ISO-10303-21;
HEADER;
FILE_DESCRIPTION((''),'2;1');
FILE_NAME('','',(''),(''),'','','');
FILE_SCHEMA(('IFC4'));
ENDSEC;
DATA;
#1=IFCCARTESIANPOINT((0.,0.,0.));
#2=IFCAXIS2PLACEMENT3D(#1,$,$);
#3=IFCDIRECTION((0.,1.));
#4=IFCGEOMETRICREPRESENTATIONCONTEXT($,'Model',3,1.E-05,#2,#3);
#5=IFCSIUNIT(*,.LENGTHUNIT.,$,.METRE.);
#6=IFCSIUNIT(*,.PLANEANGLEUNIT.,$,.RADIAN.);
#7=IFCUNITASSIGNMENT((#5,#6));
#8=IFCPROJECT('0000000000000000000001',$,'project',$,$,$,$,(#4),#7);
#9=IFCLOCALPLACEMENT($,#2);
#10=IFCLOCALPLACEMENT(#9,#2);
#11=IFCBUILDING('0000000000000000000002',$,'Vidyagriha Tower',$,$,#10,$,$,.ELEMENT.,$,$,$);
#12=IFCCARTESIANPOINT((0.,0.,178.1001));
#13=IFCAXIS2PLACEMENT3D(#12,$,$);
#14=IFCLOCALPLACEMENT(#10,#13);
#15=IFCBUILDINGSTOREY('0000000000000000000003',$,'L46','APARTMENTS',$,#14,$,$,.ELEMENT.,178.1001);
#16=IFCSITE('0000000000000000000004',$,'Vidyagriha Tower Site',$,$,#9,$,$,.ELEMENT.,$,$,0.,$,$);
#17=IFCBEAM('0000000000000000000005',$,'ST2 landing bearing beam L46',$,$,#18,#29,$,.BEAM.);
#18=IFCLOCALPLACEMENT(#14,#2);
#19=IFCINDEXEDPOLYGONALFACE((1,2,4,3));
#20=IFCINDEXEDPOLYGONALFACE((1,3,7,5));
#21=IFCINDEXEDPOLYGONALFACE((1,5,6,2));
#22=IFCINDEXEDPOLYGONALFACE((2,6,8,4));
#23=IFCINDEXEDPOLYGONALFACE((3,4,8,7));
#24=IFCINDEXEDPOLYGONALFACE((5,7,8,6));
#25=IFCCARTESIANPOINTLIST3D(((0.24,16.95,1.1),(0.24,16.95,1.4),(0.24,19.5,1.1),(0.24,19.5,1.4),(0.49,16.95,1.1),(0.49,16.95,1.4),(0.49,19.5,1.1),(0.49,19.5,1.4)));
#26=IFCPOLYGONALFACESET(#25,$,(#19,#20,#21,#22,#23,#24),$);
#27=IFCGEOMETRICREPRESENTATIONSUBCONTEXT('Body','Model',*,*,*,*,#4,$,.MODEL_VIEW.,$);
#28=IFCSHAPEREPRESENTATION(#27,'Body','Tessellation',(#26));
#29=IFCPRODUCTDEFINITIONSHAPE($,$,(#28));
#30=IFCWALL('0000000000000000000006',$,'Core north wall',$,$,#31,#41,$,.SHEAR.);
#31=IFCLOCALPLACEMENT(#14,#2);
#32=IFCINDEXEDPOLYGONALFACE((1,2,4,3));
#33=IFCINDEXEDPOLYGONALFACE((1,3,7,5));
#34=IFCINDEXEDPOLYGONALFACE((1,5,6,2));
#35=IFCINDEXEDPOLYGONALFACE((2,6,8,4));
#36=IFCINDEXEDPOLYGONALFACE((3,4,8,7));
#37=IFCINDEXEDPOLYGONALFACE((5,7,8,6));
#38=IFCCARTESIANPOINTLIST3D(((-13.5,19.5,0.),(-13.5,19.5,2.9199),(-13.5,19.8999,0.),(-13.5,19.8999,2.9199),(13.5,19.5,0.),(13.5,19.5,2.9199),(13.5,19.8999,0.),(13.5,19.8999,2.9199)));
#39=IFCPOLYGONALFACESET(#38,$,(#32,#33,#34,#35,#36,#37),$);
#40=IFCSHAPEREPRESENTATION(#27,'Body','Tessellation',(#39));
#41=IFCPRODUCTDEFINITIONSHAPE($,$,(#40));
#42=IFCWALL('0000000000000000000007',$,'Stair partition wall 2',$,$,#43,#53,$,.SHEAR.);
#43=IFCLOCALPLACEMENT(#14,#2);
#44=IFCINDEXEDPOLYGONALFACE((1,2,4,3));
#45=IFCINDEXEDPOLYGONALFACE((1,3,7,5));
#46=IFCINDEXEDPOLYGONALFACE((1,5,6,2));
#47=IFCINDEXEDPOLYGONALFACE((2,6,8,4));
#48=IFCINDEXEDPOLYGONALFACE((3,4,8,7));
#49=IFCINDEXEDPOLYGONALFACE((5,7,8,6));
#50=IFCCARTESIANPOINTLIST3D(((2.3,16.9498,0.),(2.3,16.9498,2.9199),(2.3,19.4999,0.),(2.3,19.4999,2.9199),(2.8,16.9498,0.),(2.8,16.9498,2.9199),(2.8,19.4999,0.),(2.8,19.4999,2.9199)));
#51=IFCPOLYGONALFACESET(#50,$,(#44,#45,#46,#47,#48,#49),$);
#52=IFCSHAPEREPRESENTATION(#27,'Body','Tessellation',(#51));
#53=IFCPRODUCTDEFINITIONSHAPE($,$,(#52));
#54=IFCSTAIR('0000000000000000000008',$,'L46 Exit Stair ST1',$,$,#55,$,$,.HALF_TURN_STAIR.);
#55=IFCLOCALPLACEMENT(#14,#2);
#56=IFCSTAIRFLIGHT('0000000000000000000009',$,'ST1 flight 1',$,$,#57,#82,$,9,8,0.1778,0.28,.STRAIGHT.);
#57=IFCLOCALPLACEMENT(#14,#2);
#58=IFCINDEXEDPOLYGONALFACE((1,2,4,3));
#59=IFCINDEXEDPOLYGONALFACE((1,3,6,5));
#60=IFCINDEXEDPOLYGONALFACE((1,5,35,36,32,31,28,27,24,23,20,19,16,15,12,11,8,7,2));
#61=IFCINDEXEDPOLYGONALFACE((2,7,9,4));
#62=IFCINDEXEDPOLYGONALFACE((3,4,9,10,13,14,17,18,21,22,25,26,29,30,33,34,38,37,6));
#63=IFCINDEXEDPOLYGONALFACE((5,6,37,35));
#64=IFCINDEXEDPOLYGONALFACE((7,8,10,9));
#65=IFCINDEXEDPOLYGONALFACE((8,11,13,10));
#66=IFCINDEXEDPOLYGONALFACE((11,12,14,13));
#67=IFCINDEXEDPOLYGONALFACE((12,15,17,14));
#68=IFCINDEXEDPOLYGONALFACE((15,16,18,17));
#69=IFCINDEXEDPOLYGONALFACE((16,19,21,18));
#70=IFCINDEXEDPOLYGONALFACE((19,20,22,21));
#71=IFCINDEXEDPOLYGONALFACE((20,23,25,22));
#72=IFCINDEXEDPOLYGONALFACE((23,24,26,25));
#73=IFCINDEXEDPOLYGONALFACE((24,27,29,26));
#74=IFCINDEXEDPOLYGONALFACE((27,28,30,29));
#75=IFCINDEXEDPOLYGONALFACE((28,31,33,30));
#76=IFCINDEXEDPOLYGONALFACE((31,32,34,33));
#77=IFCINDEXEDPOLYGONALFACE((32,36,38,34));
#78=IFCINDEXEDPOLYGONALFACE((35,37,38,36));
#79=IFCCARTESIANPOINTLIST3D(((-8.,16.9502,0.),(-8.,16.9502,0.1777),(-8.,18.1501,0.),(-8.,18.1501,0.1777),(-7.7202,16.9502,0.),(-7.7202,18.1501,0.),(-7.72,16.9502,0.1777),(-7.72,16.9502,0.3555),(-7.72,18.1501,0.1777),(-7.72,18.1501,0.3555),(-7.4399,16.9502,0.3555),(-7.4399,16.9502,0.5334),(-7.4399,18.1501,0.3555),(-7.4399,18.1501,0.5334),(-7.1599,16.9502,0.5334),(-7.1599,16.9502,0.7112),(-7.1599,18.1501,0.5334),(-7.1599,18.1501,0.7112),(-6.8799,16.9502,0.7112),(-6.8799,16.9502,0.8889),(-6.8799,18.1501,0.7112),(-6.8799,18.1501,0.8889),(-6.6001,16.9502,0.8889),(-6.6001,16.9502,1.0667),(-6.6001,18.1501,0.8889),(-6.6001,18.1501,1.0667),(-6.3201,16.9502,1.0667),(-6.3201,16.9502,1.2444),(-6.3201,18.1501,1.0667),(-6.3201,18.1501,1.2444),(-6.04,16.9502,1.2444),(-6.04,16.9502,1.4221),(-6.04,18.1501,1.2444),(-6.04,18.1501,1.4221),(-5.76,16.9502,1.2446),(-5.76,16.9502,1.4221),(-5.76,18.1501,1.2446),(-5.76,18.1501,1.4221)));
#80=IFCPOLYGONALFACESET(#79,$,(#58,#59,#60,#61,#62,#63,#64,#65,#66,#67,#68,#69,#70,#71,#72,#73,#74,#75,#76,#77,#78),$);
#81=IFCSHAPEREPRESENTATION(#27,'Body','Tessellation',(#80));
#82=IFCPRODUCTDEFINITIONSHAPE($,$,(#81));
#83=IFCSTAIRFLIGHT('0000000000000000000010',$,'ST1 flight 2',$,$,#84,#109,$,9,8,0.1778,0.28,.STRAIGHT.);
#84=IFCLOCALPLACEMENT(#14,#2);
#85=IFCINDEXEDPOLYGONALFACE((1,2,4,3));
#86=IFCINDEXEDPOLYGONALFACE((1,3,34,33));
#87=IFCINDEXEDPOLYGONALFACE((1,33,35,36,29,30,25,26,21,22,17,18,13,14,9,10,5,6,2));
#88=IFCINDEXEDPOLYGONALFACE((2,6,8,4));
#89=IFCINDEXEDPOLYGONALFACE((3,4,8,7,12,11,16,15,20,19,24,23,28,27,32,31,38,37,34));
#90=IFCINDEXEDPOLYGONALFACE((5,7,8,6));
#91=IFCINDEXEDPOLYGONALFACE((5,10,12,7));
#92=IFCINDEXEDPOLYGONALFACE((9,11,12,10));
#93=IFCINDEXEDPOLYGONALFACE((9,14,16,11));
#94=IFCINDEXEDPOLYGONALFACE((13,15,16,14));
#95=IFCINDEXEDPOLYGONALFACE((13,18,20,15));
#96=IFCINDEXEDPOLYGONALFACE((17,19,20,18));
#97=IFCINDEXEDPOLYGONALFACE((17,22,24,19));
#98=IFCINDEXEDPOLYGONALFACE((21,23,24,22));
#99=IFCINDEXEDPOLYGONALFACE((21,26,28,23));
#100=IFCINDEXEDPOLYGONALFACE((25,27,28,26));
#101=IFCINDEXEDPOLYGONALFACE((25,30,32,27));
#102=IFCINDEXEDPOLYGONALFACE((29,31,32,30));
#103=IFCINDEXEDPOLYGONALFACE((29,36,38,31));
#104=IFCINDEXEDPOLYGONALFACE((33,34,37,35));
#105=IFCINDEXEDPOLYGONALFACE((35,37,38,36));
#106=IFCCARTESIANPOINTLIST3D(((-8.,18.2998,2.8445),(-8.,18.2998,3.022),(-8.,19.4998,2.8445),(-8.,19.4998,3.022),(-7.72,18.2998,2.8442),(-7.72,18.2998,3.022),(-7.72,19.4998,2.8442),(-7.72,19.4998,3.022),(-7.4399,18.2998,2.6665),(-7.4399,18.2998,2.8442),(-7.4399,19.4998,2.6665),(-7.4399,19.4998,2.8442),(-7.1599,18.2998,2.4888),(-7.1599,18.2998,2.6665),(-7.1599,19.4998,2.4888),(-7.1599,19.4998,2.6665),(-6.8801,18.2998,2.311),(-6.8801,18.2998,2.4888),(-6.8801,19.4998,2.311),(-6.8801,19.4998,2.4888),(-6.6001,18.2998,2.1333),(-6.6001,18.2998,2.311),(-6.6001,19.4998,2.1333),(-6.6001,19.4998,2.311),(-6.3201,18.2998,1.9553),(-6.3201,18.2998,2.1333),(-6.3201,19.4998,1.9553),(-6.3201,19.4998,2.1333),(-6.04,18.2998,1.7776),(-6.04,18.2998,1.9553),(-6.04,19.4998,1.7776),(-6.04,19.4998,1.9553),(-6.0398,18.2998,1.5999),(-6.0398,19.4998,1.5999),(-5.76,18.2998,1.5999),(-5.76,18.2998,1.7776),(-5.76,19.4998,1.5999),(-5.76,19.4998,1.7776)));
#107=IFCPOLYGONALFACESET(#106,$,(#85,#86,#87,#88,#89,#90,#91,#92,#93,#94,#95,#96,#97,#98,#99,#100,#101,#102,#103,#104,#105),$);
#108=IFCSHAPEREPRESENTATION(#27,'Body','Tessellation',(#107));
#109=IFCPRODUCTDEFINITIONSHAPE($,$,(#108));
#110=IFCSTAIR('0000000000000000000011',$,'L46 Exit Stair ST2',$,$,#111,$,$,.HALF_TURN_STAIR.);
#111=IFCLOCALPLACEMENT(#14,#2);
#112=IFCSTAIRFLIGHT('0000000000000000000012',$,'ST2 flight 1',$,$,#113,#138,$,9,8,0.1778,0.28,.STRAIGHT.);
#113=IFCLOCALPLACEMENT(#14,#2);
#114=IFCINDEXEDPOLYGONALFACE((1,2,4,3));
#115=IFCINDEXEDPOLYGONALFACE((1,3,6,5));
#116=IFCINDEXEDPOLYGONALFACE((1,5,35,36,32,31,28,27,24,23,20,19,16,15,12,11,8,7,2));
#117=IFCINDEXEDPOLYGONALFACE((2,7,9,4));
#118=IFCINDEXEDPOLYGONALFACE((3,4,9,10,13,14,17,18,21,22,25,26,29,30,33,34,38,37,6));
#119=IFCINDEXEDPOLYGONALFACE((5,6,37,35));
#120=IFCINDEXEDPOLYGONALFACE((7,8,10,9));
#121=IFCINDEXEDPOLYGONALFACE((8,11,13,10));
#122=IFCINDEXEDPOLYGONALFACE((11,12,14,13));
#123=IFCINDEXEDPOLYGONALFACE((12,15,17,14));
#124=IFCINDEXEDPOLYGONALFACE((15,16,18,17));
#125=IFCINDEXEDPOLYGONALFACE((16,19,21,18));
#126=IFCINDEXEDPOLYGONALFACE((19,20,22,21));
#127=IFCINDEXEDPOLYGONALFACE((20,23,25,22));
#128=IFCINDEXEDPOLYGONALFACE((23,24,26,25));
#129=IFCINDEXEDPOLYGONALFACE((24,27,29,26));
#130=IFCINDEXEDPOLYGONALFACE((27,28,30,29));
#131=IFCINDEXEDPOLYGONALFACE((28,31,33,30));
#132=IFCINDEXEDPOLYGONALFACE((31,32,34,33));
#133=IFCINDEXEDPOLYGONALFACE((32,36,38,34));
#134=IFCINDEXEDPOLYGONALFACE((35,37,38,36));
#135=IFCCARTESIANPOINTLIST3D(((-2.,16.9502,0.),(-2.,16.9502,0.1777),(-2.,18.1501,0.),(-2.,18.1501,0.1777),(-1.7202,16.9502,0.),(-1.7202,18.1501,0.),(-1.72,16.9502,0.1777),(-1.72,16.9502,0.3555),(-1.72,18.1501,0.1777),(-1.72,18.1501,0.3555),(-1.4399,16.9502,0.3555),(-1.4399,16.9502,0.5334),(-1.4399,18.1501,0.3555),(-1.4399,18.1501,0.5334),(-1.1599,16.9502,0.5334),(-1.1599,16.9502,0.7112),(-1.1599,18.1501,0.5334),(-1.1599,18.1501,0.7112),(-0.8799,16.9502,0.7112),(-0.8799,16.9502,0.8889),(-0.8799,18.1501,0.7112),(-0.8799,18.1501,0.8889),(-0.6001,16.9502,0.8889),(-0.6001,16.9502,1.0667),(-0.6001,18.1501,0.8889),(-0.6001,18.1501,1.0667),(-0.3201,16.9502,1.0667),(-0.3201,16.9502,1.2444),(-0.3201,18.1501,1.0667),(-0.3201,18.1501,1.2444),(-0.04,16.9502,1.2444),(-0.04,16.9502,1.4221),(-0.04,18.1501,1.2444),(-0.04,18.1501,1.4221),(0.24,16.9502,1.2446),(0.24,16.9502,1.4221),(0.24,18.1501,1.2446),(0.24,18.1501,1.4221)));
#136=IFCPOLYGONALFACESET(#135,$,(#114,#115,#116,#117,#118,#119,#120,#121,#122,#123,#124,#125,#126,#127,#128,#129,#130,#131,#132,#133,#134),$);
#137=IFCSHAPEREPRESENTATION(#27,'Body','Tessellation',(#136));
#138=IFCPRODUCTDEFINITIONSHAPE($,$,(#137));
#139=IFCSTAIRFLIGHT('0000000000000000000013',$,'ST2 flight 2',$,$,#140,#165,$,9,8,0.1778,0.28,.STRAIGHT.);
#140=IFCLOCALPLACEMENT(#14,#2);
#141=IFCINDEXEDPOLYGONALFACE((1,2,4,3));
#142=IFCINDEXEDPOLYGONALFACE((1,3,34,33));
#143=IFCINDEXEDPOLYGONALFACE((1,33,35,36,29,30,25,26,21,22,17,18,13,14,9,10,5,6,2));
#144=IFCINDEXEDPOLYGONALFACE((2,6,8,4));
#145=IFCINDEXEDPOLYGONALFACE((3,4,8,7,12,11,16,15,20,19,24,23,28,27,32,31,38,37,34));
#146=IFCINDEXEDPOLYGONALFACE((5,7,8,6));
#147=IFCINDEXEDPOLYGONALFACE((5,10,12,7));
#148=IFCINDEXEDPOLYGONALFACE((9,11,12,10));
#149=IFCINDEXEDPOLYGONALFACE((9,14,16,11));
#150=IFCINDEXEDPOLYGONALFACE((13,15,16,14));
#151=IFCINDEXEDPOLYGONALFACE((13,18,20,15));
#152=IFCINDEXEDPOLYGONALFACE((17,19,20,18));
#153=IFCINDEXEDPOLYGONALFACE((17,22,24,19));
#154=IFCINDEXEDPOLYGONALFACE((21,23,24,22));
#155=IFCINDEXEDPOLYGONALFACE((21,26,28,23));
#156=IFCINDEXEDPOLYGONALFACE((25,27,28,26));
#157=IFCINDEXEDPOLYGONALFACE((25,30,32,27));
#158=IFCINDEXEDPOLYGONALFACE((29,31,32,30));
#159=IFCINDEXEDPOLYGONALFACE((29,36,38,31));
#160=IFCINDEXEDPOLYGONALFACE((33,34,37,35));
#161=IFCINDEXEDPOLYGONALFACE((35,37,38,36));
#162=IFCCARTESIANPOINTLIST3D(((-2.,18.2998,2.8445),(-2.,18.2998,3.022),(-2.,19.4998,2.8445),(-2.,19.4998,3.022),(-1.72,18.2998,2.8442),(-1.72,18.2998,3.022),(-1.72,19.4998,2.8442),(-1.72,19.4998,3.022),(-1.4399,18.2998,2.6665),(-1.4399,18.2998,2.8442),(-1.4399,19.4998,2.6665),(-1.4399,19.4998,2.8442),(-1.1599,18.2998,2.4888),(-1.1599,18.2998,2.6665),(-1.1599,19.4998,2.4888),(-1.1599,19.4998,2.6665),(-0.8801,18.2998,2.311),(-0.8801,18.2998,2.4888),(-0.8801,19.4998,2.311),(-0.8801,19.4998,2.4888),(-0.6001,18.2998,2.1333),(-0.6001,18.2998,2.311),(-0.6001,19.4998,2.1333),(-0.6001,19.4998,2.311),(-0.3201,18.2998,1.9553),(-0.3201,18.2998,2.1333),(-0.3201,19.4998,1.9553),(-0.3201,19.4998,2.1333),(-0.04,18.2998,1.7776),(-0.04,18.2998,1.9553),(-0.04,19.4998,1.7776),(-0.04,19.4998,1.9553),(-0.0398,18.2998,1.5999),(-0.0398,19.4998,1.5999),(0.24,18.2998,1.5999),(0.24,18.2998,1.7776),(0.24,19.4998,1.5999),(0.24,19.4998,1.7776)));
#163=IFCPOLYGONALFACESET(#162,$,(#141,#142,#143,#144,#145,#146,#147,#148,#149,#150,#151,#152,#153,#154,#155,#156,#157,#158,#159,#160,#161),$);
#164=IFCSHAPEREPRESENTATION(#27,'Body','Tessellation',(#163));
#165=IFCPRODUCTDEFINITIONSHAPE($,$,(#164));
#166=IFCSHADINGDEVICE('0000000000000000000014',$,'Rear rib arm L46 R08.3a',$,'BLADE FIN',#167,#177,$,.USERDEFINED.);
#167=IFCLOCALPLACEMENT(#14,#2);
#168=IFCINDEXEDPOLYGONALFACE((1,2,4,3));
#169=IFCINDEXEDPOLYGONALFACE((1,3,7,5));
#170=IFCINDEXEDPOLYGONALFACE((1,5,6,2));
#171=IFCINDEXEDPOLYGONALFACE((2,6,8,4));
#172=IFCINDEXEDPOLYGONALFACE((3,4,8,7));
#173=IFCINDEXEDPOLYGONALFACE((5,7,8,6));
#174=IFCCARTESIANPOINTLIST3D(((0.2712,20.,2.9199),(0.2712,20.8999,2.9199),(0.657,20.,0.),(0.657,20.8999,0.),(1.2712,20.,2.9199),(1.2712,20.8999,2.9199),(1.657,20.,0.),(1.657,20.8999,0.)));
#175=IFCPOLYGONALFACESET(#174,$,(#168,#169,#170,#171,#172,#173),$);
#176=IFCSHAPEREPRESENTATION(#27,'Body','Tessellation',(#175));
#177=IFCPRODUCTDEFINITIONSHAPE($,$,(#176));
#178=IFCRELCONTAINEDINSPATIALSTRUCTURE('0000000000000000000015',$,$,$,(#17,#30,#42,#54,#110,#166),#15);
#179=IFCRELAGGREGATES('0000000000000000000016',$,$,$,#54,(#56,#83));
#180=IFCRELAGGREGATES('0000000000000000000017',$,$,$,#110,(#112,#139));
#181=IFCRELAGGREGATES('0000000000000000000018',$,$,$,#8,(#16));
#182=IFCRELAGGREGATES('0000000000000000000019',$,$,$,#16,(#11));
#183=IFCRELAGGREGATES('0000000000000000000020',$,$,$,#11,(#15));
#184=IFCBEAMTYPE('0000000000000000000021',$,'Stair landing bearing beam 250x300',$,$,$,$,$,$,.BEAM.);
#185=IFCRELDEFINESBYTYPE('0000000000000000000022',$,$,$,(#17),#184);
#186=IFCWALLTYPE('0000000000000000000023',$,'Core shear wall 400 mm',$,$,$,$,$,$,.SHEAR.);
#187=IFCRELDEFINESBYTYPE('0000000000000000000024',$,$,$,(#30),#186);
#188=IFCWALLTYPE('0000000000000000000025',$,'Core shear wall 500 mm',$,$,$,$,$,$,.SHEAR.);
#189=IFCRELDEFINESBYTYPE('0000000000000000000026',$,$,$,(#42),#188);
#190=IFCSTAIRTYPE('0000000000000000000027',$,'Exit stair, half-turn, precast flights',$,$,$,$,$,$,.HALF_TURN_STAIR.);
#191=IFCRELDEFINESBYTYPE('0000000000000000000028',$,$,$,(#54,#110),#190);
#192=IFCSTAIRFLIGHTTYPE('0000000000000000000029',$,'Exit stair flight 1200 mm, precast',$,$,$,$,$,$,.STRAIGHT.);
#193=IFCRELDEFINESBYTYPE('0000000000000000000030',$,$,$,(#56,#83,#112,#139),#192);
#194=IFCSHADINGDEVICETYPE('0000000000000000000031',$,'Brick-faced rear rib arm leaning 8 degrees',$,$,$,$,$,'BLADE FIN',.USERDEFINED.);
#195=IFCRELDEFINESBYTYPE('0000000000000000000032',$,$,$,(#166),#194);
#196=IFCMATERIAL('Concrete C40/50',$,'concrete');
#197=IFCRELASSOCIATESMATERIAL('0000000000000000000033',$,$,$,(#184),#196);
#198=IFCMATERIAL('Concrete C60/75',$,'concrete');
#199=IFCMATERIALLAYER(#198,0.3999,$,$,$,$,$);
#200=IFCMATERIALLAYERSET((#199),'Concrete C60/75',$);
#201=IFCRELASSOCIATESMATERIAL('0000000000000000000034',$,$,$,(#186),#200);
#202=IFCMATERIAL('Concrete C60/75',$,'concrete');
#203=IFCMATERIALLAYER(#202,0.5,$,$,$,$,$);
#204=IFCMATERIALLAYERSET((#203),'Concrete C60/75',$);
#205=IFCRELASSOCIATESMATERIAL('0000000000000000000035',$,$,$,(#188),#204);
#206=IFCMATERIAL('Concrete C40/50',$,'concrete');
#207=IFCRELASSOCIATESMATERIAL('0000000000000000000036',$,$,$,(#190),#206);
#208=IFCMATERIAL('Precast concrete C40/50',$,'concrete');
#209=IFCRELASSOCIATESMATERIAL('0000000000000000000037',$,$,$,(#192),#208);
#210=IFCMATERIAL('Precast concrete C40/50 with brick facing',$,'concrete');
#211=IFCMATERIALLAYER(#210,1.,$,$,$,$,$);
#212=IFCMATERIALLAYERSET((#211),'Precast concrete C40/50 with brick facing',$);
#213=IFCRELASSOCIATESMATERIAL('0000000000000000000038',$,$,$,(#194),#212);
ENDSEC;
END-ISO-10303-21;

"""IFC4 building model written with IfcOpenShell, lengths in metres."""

from ifc_helpers import new_model, si_unit, direction, frame, frame_2d, origin, origin_2d, place, context, subcontext, project, spatial, polyline, rectangle, outline, extrude, material, layer, layer_set, material_profile, profile_set, type_object, element, aggregate, save


model = new_model("IFC4")

# Units and contexts
model_context = context("Model", 3, precision=1e-05, world=origin(), true_north=direction((0.0, 1.0)))
body_context = subcontext(model_context, "Body", "Model", "MODEL_VIEW")
ifc_project = project(units=[si_unit("LENGTHUNIT", "METRE"), si_unit("PLANEANGLEUNIT", "RADIAN")], contexts=[model_context])

# Site, building, storey
site_placement = place(None, origin())
site = spatial("IfcSite", under=ifc_project, at=site_placement, Name="Vidyagriha Tower Site", CompositionType="ELEMENT", RefElevation=0.0)
building_placement = place(site_placement, origin())
building = spatial("IfcBuilding", under=site, at=building_placement, Name="Vidyagriha Tower", CompositionType="ELEMENT")
storey_placement = place(building_placement, frame((0.0, 0.0, 178.1001)))
storey = spatial("IfcBuildingStorey", under=building, at=storey_placement, Name="L46", Description="APARTMENTS", CompositionType="ELEMENT", Elevation=178.1001)

# Beam
ifc_material_1 = material(Name="Concrete C40/50", Category="concrete")
ifc_material_profile = material_profile(ifc_material_1, rectangle(XDim=0.25, YDim=0.3, at=origin_2d()), Name="Stair landing bearing beam 250x300")
ifc_profile_set = profile_set([ifc_material_profile], Name="Concrete C40/50")
beam_type = type_object("IfcBeamType", Name="Stair landing bearing beam 250x300", PredefinedType="BEAM", material=ifc_profile_set)
beam_placement = place(storey_placement, frame((0.365, 16.95, 1.25), z_axis=(0.0, 1.0, 0.0), x_axis=(-1.0, 0.0, 0.0)))
element("IfcBeam", 1, at=beam_placement, inside=storey, type_object=beam_type, Name="ST2 landing bearing beam L46", PredefinedType="BEAM", context=body_context, shape_type="SweptSolid", body=[
    extrude(rectangle(XDim=0.25, YDim=0.3, at=origin_2d()), origin(), (0.0, 0.0, 1.0), 2.55),
])

# Walls
ifc_material_2 = material(Name="Concrete C60/75", Category="concrete")
ifc_layer_1 = layer(ifc_material_2, 0.3999)
ifc_layer_set_1 = layer_set([ifc_layer_1], Name="Concrete C60/75")
wall_type_1 = type_object("IfcWallType", Name="Core shear wall 400 mm", PredefinedType="SHEAR", material=ifc_layer_set_1)
wall_1_placement = place(storey_placement, frame((-13.5, 19.7, 0.0)))
element("IfcWall", 2, at=wall_1_placement, inside=storey, type_object=wall_type_1, Name="Core north wall", PredefinedType="SHEAR", context=body_context, shape_type="SweptSolid", body=[
    extrude(rectangle(XDim=27.0, YDim=0.3999, at=frame_2d((13.5, 0.0))), origin(), (0.0, 0.0, 1.0), 2.9199),
])
ifc_material_3 = material(Name="Concrete C60/75", Category="concrete")
ifc_layer_2 = layer(ifc_material_3, 0.5)
ifc_layer_set_2 = layer_set([ifc_layer_2], Name="Concrete C60/75")
wall_type_2 = type_object("IfcWallType", Name="Core shear wall 500 mm", PredefinedType="SHEAR", material=ifc_layer_set_2)
wall_2_placement = place(storey_placement, frame((2.55, 16.95, 0.0), z_axis=(0.0, 0.0, 1.0), x_axis=(0.0, 1.0, 0.0)))
element("IfcWall", 3, at=wall_2_placement, inside=storey, type_object=wall_type_2, Name="Stair partition wall 2", PredefinedType="SHEAR", context=body_context, shape_type="SweptSolid", body=[
    extrude(rectangle(XDim=2.55, YDim=0.5, at=frame_2d((1.2749, 0.0))), origin(), (0.0, 0.0, 1.0), 2.9199),
])

# Stairs, stair flights
ifc_material_4 = material(Name="Concrete C40/50", Category="concrete")
stair_type = type_object("IfcStairType", Name="Exit stair, half-turn, precast flights", PredefinedType="HALF_TURN_STAIR", material=ifc_material_4)
stair_1_placement = place(storey_placement, origin())
stair_1 = element("IfcStair", 4, at=stair_1_placement, inside=storey, type_object=stair_type, Name="L46 Exit Stair ST1", PredefinedType="HALF_TURN_STAIR")
ifc_material_5 = material(Name="Precast concrete C40/50", Category="concrete")
stair_flight_type = type_object("IfcStairFlightType", Name="Exit stair flight 1200 mm, precast", PredefinedType="STRAIGHT", material=ifc_material_5)
stair_flight_1_placement = place(storey_placement, frame((-8.0, 17.55, 0.0)))
stair_flight_1 = element("IfcStairFlight", 5, at=stair_flight_1_placement, type_object=stair_flight_type, Name="ST1 flight 1", NumberOfRisers=9, NumberOfTreads=8, PredefinedType="STRAIGHT", RiserHeight=0.1778, TreadLength=0.28, context=body_context, shape_type="SweptSolid", body=[
    extrude(outline(polyline([(0.0, 0.0), (0.0, 0.1777), (0.28, 0.1777), (0.28, 0.3555), (0.5601, 0.3555), (0.5601, 0.5334), (0.8401, 0.5334), (0.8401, 0.7112), (1.1201, 0.7112), (1.1201, 0.8889), (1.3999, 0.8889), (1.3999, 1.0667), (1.6799, 1.0667), (1.6799, 1.2444), (1.96, 1.2444), (1.96, 1.4221), (2.24, 1.4221), (2.24, 1.6001), (2.24, 1.2446), (0.2798, 0.0), (0.0, 0.0)])), frame((0.0, 0.6001, 0.0), z_axis=(0.0, -1.0, 0.0), x_axis=(1.0, 0.0, 0.0)), (0.0, 0.0, 1.0), 1.2),
])
stair_flight_2_placement = place(storey_placement, frame((-5.76, 18.8999, 1.5999), z_axis=(0.0, 0.0, 1.0), x_axis=(-1.0, 0.0, 0.0)))
stair_flight_2 = element("IfcStairFlight", 6, at=stair_flight_2_placement, type_object=stair_flight_type, Name="ST1 flight 2", NumberOfRisers=9, NumberOfTreads=8, PredefinedType="STRAIGHT", RiserHeight=0.1778, TreadLength=0.28, context=body_context, shape_type="SweptSolid", body=[
    extrude(outline(polyline([(0.0, 0.0), (0.0, 0.1777), (0.28, 0.1777), (0.28, 0.3555), (0.5601, 0.3555), (0.5601, 0.5334), (0.8401, 0.5334), (0.8401, 0.7112), (1.1201, 0.7112), (1.1201, 0.8889), (1.3999, 0.8889), (1.3999, 1.0667), (1.6799, 1.0667), (1.6799, 1.2444), (1.96, 1.2444), (1.96, 1.4221), (2.24, 1.4221), (2.24, 1.6001), (2.24, 1.2446), (0.2798, 0.0), (0.0, 0.0)])), frame((0.0, 0.6001, 0.0), z_axis=(0.0, -1.0, 0.0), x_axis=(1.0, 0.0, 0.0)), (0.0, 0.0, 1.0), 1.2),
])
aggregate(stair_1, [stair_flight_1, stair_flight_2])
stair_2_placement = place(storey_placement, origin())
stair_2 = element("IfcStair", 7, at=stair_2_placement, inside=storey, type_object=stair_type, Name="L46 Exit Stair ST2", PredefinedType="HALF_TURN_STAIR")
stair_flight_3_placement = place(storey_placement, frame((-2.0, 17.55, 0.0)))
stair_flight_3 = element("IfcStairFlight", 8, at=stair_flight_3_placement, type_object=stair_flight_type, Name="ST2 flight 1", NumberOfRisers=9, NumberOfTreads=8, PredefinedType="STRAIGHT", RiserHeight=0.1778, TreadLength=0.28, context=body_context, shape_type="SweptSolid", body=[
    extrude(outline(polyline([(0.0, 0.0), (0.0, 0.1777), (0.28, 0.1777), (0.28, 0.3555), (0.5601, 0.3555), (0.5601, 0.5334), (0.8401, 0.5334), (0.8401, 0.7112), (1.1201, 0.7112), (1.1201, 0.8889), (1.3999, 0.8889), (1.3999, 1.0667), (1.6799, 1.0667), (1.6799, 1.2444), (1.96, 1.2444), (1.96, 1.4221), (2.24, 1.4221), (2.24, 1.6001), (2.24, 1.2446), (0.2798, 0.0), (0.0, 0.0)])), frame((0.0, 0.6001, 0.0), z_axis=(0.0, -1.0, 0.0), x_axis=(1.0, 0.0, 0.0)), (0.0, 0.0, 1.0), 1.2),
])
stair_flight_4_placement = place(storey_placement, frame((0.24, 18.8999, 1.5999), z_axis=(0.0, 0.0, 1.0), x_axis=(-1.0, 0.0, 0.0)))
stair_flight_4 = element("IfcStairFlight", 9, at=stair_flight_4_placement, type_object=stair_flight_type, Name="ST2 flight 2", NumberOfRisers=9, NumberOfTreads=8, PredefinedType="STRAIGHT", RiserHeight=0.1778, TreadLength=0.28, context=body_context, shape_type="SweptSolid", body=[
    extrude(outline(polyline([(0.0, 0.0), (0.0, 0.1777), (0.28, 0.1777), (0.28, 0.3555), (0.5601, 0.3555), (0.5601, 0.5334), (0.8401, 0.5334), (0.8401, 0.7112), (1.1201, 0.7112), (1.1201, 0.8889), (1.3999, 0.8889), (1.3999, 1.0667), (1.6799, 1.0667), (1.6799, 1.2444), (1.96, 1.2444), (1.96, 1.4221), (2.24, 1.4221), (2.24, 1.6001), (2.24, 1.2446), (0.2798, 0.0), (0.0, 0.0)])), frame((0.0, 0.6001, 0.0), z_axis=(0.0, -1.0, 0.0), x_axis=(1.0, 0.0, 0.0)), (0.0, 0.0, 1.0), 1.2),
])
aggregate(stair_2, [stair_flight_3, stair_flight_4])

# Shading device
ifc_material_6 = material(Name="Precast concrete C40/50 with brick facing", Category="concrete")
ifc_layer_3 = layer(ifc_material_6, 1.0)
ifc_layer_set_3 = layer_set([ifc_layer_3], Name="Precast concrete C40/50 with brick facing")
shading_device_type_1 = type_object("IfcShadingDeviceType", Name="Brick-faced rear rib arm leaning 8 degrees", ElementType="BLADE FIN", PredefinedType="USERDEFINED", material=ifc_layer_set_3)
shading_device_1_placement = place(storey_placement, frame((1.657, 20.45, 0.0), z_axis=(0.0, 0.0, 1.0), x_axis=(-1.0, 0.0, 0.0)))
element("IfcShadingDevice", 10, at=shading_device_1_placement, inside=storey, type_object=shading_device_type_1, Name="Rear rib arm L46 R08.3a", ObjectType="BLADE FIN", PredefinedType="USERDEFINED", context=body_context, shape_type="SweptSolid", body=[
    extrude(outline(polyline([(0.0, 0.0), (1.0, 0.0), (1.3857, 2.9199), (0.3857, 2.9199), (0.0, 0.0)])), frame((0.0, 0.45, 0.0), z_axis=(0.0, -1.0, 0.0), x_axis=(1.0, 0.0, 0.0)), (0.0, 0.0, 1.0), 0.8999),
])

save(model, "model.ifc")
